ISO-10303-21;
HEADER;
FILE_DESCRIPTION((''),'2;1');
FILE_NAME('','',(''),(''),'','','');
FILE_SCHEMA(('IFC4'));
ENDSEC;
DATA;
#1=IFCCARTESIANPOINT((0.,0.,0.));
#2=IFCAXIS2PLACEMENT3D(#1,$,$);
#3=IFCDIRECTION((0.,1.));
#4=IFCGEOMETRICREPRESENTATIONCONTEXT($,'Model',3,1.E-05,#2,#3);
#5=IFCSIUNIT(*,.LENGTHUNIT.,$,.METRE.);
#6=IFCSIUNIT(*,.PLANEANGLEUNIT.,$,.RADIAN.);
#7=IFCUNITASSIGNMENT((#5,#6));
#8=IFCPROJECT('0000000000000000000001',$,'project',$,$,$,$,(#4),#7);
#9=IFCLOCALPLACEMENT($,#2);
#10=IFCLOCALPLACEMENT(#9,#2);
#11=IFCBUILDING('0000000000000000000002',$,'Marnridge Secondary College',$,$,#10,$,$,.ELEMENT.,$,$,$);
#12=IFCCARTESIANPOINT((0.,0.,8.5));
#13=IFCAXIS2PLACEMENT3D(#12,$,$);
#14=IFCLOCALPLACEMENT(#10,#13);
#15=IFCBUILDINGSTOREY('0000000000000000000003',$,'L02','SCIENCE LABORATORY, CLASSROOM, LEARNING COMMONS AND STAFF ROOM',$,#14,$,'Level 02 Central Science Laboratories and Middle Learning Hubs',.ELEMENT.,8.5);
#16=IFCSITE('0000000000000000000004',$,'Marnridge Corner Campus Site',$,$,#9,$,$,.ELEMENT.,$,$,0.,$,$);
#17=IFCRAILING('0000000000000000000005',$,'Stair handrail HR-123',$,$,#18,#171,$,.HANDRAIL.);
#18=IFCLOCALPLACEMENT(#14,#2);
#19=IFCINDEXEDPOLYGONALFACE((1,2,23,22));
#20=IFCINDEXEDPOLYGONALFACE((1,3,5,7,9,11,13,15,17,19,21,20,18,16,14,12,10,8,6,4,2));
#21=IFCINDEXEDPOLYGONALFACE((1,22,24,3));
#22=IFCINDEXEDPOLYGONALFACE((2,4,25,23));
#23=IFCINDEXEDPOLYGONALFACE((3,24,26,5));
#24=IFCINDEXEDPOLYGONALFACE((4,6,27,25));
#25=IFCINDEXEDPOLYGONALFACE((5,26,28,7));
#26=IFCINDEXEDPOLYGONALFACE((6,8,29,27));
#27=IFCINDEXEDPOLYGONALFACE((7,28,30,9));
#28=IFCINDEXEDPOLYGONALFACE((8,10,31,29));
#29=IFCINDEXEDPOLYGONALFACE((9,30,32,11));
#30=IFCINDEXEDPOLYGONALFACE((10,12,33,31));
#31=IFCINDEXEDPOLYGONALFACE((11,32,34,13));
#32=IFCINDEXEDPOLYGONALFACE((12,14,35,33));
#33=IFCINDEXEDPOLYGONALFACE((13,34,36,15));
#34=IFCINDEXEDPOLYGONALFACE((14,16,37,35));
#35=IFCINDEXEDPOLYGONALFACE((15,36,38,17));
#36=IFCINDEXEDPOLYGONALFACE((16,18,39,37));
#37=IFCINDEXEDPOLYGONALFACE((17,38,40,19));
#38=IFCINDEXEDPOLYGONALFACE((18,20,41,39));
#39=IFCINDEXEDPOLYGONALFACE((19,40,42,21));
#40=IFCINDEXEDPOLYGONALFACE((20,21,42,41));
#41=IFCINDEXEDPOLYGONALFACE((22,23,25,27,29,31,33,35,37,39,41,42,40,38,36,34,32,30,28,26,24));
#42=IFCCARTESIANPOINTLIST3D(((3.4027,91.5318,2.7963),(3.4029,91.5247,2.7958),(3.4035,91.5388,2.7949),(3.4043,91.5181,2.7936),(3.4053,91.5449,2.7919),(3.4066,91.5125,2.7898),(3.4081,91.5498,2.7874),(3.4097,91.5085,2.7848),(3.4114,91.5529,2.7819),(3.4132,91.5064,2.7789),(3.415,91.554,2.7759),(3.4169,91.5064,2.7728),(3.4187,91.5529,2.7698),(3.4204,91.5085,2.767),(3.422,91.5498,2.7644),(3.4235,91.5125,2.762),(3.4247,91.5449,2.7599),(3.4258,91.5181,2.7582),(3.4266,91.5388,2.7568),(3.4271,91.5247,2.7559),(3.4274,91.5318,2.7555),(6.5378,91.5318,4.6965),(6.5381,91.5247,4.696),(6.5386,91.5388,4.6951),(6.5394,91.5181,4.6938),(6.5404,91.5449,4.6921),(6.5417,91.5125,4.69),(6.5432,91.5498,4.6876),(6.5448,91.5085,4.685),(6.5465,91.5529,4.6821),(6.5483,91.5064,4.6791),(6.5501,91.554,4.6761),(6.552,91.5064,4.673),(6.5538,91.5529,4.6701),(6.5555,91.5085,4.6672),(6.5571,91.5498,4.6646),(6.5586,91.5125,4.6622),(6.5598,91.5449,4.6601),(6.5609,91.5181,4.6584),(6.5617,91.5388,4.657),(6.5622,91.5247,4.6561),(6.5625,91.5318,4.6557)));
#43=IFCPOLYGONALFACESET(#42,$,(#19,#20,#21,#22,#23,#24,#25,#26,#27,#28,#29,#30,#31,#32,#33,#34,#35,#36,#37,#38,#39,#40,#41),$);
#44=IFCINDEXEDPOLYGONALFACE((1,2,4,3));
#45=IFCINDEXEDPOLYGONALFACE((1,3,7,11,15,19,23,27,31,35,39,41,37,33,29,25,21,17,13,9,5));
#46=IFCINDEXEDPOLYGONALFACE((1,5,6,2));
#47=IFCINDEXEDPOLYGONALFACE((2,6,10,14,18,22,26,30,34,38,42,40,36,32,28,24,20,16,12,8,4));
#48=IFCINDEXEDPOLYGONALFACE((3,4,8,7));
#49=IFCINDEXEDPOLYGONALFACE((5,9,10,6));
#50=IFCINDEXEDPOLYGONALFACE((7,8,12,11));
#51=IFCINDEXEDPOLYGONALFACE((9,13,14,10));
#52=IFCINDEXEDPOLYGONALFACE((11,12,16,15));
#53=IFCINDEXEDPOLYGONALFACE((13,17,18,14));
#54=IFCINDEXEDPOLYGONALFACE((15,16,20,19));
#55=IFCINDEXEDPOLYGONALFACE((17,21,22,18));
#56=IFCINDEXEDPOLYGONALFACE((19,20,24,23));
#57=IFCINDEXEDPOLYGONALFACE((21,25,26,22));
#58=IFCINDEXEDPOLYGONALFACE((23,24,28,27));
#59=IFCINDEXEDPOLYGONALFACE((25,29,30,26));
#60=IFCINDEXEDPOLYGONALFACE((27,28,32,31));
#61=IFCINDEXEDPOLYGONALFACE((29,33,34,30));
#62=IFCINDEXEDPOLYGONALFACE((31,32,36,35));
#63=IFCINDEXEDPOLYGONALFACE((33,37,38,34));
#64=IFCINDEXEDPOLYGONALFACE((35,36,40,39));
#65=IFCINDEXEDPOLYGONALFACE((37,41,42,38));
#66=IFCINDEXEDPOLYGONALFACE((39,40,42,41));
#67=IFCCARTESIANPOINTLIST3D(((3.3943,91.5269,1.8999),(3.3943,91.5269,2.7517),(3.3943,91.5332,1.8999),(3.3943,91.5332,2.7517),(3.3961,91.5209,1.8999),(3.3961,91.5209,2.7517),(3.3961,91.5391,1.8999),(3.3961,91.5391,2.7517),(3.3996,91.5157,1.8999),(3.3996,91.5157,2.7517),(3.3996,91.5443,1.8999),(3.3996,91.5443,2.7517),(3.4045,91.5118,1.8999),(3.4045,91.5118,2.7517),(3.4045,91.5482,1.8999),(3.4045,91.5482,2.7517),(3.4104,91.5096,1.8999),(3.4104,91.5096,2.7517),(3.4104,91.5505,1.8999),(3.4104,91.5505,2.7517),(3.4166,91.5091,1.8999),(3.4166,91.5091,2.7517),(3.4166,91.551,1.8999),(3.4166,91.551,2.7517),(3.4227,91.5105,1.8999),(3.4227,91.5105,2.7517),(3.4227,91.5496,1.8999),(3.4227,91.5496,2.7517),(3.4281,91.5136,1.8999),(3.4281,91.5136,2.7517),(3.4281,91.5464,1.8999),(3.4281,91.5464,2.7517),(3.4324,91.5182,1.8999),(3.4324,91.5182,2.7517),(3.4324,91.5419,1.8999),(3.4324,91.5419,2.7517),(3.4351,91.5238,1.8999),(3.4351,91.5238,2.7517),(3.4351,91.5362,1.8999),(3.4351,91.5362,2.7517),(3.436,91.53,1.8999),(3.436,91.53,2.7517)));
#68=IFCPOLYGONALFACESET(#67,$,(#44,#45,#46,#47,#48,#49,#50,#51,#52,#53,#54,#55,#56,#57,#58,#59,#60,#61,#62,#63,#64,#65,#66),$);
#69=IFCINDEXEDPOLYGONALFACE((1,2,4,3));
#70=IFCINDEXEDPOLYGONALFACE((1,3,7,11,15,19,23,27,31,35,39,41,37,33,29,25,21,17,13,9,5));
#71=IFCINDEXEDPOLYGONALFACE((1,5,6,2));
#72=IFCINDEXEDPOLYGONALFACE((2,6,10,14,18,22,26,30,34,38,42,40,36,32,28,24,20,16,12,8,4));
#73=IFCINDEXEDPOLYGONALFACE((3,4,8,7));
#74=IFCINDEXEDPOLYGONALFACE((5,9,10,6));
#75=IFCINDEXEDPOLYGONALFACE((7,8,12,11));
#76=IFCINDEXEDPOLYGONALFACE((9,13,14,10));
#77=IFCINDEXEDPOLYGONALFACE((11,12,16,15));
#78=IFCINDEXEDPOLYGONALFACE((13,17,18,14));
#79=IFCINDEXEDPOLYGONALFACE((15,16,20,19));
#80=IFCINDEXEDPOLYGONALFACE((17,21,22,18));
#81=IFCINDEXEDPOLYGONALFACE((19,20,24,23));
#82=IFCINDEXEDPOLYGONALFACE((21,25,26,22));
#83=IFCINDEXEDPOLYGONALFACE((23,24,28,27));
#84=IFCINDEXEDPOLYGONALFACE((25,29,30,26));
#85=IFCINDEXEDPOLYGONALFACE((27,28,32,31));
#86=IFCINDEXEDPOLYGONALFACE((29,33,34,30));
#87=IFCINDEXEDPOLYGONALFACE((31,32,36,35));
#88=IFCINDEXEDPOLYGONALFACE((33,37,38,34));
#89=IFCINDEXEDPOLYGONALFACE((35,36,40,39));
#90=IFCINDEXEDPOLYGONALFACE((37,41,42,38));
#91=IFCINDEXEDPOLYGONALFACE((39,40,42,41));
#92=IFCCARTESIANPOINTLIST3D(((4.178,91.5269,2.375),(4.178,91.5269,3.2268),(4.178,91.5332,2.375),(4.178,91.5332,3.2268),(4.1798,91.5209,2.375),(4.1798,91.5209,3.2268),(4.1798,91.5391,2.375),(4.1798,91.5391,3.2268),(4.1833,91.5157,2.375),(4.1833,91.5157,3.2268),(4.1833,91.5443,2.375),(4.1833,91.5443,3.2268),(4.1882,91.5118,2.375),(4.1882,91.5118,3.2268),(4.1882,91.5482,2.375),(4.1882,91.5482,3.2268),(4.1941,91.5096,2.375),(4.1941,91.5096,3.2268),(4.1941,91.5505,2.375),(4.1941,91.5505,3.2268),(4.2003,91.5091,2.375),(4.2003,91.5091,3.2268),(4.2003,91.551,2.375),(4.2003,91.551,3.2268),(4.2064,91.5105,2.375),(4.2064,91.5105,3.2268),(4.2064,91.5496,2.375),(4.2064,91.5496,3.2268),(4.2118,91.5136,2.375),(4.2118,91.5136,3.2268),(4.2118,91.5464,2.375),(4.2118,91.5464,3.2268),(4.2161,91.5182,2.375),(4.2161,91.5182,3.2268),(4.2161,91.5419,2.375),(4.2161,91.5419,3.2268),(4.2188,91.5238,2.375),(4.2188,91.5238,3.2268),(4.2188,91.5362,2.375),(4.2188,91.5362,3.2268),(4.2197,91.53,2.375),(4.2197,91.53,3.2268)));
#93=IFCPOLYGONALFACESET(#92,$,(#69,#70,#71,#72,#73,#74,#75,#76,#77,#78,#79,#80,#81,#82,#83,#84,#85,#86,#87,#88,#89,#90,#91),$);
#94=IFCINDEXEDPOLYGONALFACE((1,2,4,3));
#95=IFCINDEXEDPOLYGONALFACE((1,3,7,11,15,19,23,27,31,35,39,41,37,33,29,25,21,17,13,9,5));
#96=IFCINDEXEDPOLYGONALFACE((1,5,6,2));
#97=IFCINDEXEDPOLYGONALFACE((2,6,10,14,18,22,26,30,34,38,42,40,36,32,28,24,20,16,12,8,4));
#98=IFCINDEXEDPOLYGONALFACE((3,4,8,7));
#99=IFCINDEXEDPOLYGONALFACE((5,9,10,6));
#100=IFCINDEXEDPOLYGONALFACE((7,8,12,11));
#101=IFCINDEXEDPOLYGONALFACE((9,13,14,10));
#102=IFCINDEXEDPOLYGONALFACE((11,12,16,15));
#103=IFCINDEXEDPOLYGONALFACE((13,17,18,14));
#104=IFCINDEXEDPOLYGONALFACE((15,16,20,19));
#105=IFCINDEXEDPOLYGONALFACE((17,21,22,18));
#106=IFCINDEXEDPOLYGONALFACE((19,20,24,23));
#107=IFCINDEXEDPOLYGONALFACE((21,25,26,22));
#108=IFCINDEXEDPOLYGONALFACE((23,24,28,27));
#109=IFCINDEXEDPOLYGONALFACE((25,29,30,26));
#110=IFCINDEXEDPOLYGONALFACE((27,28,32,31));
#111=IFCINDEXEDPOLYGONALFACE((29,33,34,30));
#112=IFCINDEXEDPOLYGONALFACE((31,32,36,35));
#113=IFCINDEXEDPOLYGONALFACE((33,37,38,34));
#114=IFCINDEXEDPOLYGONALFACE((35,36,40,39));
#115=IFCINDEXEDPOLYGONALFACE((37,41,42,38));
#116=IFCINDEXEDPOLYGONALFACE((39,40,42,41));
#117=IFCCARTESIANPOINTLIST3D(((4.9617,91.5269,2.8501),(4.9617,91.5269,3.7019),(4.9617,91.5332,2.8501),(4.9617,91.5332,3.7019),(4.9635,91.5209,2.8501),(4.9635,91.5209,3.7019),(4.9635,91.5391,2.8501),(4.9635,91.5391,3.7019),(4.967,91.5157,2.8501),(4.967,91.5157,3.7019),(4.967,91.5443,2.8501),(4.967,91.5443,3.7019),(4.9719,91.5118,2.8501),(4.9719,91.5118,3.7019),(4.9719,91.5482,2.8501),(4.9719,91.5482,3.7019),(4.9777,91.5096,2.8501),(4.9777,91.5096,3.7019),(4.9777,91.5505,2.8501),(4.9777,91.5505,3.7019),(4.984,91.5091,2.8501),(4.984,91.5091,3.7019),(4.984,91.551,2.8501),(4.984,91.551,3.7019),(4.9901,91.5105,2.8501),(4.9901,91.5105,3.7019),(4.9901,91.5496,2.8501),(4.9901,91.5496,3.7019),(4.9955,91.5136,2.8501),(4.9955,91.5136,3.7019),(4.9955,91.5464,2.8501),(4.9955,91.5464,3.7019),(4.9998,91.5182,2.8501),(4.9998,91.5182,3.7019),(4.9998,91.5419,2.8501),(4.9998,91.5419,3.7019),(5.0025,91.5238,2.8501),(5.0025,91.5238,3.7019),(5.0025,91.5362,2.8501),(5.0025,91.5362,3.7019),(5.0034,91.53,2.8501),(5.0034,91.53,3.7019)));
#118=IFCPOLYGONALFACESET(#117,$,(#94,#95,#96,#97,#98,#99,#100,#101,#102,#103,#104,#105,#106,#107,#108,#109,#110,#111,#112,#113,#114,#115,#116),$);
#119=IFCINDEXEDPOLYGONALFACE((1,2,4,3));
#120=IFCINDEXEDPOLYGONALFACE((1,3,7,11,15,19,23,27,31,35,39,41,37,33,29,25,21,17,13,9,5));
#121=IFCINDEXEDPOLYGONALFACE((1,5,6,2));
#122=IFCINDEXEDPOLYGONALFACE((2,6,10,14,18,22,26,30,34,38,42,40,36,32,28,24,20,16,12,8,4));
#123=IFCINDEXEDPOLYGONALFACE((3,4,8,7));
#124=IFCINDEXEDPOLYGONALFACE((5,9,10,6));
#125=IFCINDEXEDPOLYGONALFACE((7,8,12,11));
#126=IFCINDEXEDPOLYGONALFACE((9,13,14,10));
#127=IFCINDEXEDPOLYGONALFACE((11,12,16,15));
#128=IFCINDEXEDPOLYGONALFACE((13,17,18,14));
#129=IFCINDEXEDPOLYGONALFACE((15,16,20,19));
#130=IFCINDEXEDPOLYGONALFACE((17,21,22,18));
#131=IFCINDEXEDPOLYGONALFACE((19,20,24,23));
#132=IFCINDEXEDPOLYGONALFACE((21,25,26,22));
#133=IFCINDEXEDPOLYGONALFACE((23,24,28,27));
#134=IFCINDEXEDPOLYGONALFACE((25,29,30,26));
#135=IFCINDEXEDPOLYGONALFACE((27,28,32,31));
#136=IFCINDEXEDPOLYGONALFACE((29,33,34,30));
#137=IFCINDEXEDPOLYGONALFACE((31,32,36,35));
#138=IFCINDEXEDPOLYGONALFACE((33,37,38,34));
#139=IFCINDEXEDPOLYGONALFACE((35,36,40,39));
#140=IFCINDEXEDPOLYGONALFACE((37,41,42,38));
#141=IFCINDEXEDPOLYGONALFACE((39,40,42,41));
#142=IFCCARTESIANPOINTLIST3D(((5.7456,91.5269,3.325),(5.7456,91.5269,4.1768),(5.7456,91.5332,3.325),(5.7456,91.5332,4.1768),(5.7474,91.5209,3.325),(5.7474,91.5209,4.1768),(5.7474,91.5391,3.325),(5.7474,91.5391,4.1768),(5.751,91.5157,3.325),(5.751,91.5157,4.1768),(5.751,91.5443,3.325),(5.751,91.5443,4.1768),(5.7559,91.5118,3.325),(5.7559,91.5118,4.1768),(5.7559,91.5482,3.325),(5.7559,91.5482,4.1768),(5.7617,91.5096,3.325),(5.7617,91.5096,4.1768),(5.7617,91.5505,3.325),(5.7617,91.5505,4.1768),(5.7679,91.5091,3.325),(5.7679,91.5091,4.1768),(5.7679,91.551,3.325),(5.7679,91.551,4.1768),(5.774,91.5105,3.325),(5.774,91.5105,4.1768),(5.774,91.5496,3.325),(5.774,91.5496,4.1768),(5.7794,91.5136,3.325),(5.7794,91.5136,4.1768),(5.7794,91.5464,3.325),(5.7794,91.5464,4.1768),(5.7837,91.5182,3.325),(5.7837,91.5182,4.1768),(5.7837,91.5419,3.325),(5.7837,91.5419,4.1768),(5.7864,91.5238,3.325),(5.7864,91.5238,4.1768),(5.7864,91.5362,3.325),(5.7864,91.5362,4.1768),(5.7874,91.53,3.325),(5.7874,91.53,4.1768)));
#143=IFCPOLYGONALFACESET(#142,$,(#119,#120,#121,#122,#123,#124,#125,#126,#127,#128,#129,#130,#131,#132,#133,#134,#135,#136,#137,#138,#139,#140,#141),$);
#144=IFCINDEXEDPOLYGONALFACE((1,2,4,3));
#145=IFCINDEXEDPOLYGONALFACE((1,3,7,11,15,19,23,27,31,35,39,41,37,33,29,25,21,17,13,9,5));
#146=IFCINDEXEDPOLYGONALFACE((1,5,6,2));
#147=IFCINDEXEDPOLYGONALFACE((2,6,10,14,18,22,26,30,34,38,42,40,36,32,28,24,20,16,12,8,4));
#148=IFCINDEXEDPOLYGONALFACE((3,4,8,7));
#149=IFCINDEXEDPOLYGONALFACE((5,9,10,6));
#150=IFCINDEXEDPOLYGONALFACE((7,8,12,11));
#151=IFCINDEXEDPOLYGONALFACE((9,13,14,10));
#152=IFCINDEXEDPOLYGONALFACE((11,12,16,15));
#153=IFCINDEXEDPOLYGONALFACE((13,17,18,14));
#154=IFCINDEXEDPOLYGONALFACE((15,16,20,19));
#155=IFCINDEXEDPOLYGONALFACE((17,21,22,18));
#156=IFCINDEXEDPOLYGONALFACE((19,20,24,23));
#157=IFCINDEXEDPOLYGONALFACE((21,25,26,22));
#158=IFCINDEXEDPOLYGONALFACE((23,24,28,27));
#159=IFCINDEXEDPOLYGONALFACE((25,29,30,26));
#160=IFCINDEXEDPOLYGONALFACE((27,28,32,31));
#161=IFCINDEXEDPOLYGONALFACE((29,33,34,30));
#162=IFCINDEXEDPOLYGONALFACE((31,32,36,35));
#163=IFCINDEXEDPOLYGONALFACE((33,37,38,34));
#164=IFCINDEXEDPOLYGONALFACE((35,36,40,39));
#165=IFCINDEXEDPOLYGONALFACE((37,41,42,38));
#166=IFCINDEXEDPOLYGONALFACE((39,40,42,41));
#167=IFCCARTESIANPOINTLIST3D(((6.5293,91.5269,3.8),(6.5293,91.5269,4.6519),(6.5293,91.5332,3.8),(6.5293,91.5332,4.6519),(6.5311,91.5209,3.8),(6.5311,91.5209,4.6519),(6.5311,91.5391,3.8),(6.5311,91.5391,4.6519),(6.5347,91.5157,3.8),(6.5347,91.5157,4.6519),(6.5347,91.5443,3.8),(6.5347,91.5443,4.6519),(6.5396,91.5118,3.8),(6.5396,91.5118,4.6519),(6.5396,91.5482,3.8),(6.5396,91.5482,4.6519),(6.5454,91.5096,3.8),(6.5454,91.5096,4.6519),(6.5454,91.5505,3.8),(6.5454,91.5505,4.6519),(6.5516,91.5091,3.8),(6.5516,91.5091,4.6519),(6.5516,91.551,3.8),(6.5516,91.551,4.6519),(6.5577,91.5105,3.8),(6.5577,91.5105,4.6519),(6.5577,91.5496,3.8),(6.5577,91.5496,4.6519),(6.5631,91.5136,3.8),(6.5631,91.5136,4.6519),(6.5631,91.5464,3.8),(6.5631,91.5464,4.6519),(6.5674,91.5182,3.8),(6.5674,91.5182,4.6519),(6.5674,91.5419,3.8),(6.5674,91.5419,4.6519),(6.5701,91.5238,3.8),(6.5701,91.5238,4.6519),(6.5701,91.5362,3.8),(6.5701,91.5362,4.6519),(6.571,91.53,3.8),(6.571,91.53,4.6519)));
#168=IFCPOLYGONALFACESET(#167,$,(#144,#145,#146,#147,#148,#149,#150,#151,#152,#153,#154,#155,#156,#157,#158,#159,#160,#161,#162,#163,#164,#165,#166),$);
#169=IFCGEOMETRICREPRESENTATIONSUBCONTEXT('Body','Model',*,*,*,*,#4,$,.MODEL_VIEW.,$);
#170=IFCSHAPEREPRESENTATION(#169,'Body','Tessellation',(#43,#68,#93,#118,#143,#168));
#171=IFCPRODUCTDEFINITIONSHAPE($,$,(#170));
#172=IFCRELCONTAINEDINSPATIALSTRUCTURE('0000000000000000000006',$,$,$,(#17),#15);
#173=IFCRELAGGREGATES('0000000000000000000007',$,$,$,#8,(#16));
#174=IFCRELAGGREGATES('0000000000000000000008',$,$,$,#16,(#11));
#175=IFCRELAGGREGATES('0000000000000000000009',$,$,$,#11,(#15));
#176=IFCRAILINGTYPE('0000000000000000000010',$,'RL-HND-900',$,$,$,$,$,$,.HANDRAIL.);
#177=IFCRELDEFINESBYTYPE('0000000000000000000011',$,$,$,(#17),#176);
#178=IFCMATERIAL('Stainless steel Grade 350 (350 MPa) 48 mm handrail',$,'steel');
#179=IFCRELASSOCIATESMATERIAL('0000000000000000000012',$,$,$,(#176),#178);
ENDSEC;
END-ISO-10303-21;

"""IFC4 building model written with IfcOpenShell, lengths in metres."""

from ifc_helpers import new_model, si_unit, direction, frame, origin, origin_2d, place, context, subcontext, project, spatial, circle, extrude, material, type_object, element, save


model = new_model("IFC4")

# Units and contexts
model_context = context("Model", 3, precision=1e-05, world=origin(), true_north=direction((0.0, 1.0)))
body_context = subcontext(model_context, "Body", "Model", "MODEL_VIEW")
ifc_project = project(units=[si_unit("LENGTHUNIT", "METRE"), si_unit("PLANEANGLEUNIT", "RADIAN")], contexts=[model_context])

# Site, building, storey
site_placement = place(None, origin())
site = spatial("IfcSite", under=ifc_project, at=site_placement, Name="Marnridge Corner Campus Site", CompositionType="ELEMENT", RefElevation=0.0)
building_placement = place(site_placement, origin())
building = spatial("IfcBuilding", under=site, at=building_placement, Name="Marnridge Secondary College", CompositionType="ELEMENT")
storey_placement = place(building_placement, frame((0.0, 0.0, 8.5)))
storey = spatial("IfcBuildingStorey", under=building, at=storey_placement, Name="L02", Description="SCIENCE LABORATORY, CLASSROOM, LEARNING COMMONS AND STAFF ROOM", LongName="Level 02 Central Science Laboratories and Middle Learning Hubs", CompositionType="ELEMENT", Elevation=8.5)

# Railing
ifc_material_1 = material(Name="Stainless steel Grade 350 (350 MPa) 48 mm handrail", Category="steel")
railing_type_1 = type_object("IfcRailingType", Name="RL-HND-900", PredefinedType="HANDRAIL", material=ifc_material_1)
for number, where, name in (
    (1, (3.415, 91.53, 1.8999), "Stair handrail HR-123"),
):
    element("IfcRailing", number, at=place(storey_placement, frame(where)), inside=storey, type_object=railing_type_1, Name=name, PredefinedType="HANDRAIL", context=body_context, shape_type="SweptSolid", body=[
        extrude(circle(Radius=0.0239, at=origin_2d()), frame((0.0, 0.0, 0.876), z_axis=(0.855181, 0.0, 0.51833), x_axis=(0.0, 1.0, 0.0)), (0.0, 0.0, 1.0), 3.666),
        extrude(circle(Radius=0.021, at=origin_2d()), origin(), (0.0, 0.0, 1.0), 0.8518),
        extrude(circle(Radius=0.021, at=origin_2d()), frame((0.7837, 0.0, 0.4751)), (0.0, 0.0, 1.0), 0.8518),
        extrude(circle(Radius=0.021, at=origin_2d()), frame((1.5674, 0.0, 0.9502)), (0.0, 0.0, 1.0), 0.8518),
        extrude(circle(Radius=0.021, at=origin_2d()), frame((2.3513, 0.0, 1.425)), (0.0, 0.0, 1.0), 0.8518),
        extrude(circle(Radius=0.021, at=origin_2d()), frame((3.135, 0.0, 1.9001)), (0.0, 0.0, 1.0), 0.8518),
    ])

save(model, "model.ifc")
